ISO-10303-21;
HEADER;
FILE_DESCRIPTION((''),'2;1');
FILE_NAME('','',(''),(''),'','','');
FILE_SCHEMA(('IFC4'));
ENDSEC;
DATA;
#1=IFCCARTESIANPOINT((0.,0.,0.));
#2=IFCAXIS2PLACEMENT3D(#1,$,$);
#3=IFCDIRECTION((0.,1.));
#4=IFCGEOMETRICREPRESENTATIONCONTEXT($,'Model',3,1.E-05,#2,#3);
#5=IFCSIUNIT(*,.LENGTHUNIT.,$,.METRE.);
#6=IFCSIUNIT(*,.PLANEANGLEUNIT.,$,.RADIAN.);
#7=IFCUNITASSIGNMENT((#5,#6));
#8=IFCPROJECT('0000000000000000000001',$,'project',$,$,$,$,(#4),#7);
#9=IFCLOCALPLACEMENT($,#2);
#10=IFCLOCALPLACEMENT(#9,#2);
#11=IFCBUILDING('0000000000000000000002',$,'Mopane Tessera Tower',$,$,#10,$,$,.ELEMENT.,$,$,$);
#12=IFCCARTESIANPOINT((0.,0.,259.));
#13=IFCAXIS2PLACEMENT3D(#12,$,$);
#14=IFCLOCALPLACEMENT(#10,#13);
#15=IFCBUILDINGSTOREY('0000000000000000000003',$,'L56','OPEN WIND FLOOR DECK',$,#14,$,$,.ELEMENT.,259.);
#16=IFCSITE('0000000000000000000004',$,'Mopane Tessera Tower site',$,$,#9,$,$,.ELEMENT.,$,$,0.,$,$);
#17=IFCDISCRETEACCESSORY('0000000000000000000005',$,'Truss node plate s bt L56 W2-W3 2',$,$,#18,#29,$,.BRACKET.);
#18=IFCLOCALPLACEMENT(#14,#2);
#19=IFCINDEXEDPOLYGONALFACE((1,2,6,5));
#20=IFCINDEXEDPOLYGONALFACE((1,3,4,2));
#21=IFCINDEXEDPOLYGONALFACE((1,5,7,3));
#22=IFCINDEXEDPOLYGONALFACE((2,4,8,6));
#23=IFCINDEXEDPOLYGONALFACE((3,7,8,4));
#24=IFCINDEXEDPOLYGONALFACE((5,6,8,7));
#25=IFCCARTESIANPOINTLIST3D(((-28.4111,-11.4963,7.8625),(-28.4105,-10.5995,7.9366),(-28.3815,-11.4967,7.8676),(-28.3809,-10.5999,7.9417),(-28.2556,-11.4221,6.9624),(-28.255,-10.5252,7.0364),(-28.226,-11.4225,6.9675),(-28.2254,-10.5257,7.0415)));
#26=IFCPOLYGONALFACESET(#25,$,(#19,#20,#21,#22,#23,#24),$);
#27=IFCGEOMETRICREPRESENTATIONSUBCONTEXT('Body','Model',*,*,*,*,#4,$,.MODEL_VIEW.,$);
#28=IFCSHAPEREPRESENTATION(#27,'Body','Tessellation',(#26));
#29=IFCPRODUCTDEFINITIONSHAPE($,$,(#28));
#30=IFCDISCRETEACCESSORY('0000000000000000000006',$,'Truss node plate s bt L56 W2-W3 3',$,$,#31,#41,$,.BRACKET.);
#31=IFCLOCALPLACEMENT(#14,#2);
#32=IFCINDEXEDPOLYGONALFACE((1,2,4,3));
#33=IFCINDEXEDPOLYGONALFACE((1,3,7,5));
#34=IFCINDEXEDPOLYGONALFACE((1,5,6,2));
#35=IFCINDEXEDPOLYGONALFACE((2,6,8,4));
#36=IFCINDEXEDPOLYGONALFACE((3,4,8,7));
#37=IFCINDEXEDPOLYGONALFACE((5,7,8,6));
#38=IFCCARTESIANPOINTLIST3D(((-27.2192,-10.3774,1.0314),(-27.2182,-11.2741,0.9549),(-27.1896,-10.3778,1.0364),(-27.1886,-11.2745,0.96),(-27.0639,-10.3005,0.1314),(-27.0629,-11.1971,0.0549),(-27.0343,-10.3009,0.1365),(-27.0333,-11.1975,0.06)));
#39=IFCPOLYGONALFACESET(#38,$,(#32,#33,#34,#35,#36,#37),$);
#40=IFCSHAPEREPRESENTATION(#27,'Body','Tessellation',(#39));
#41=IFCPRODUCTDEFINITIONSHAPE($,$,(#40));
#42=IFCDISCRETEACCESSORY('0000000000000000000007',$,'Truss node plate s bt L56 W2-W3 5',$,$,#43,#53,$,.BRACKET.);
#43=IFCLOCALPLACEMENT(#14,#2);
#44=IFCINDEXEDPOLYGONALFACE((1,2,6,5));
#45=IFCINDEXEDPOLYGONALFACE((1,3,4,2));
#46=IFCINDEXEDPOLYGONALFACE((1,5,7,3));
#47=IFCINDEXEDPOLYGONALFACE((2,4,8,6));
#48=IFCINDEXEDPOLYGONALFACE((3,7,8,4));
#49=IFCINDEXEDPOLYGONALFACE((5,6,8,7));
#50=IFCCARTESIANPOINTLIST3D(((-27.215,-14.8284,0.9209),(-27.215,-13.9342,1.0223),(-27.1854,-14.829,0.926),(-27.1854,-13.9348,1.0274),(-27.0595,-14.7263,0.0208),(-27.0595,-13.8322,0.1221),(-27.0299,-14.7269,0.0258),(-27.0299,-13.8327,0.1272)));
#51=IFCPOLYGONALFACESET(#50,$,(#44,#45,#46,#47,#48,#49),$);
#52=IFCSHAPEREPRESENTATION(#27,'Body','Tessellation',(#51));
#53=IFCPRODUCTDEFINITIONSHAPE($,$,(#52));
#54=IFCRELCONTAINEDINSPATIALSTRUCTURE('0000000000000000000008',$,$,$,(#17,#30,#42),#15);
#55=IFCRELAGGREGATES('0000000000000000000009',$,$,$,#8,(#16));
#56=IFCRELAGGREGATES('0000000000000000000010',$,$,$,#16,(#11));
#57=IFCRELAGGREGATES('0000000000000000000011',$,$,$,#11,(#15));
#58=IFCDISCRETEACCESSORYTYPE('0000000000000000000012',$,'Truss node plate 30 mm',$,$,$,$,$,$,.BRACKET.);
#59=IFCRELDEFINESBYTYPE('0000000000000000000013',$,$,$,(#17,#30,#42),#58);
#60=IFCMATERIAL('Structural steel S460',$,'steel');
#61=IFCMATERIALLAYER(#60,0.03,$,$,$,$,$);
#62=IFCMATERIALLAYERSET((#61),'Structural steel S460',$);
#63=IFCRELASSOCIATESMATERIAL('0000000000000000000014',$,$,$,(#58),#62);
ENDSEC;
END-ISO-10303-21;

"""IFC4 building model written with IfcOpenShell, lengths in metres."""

from ifc_helpers import new_model, si_unit, direction, frame, origin, origin_2d, place, context, subcontext, project, spatial, rectangle, extrude, material, layer, layer_set, type_object, element, save


model = new_model("IFC4")

# Units and contexts
model_context = context("Model", 3, precision=1e-05, world=origin(), true_north=direction((0.0, 1.0)))
body_context = subcontext(model_context, "Body", "Model", "MODEL_VIEW")
ifc_project = project(units=[si_unit("LENGTHUNIT", "METRE"), si_unit("PLANEANGLEUNIT", "RADIAN")], contexts=[model_context])

# Site, building, storey
site_placement = place(None, origin())
site = spatial("IfcSite", under=ifc_project, at=site_placement, Name="Mopane Tessera Tower site", CompositionType="ELEMENT", RefElevation=0.0)
building_placement = place(site_placement, origin())
building = spatial("IfcBuilding", under=site, at=building_placement, Name="Mopane Tessera Tower", CompositionType="ELEMENT")
storey_placement = place(building_placement, frame((0.0, 0.0, 259.0)))
storey = spatial("IfcBuildingStorey", under=building, at=storey_placement, Name="L56", Description="OPEN WIND FLOOR DECK", CompositionType="ELEMENT", Elevation=259.0)

# Discrete accessories
ifc_material_1 = material(Name="Structural steel S460", Category="steel")
ifc_layer = layer(ifc_material_1, 0.03)
ifc_layer_set = layer_set([ifc_layer], Name="Structural steel S460")
discrete_accessory_type = type_object("IfcDiscreteAccessoryType", Name="Truss node plate 30 mm", PredefinedType="BRACKET", material=ifc_layer_set)
for number, where, z_axis, x_axis, name in (
    (1, (-28.2405, -10.9739, 7.002), (-0.169688, -0.080981, 0.982165), (0.985498, -0.014587, 0.169061), "Truss node plate s bt L56 W2-W3 2"),
    (2, (-27.0486, -10.749, 0.0957), (-0.169433, -0.083917, 0.981963), (0.985541, -0.013296, 0.168914), "Truss node plate s bt L56 W2-W3 3"),
):
    element("IfcDiscreteAccessory", number, at=place(storey_placement, frame(where, z_axis=z_axis, x_axis=x_axis)), inside=storey, type_object=discrete_accessory_type, Name=name, PredefinedType="BRACKET", context=body_context, shape_type="SweptSolid", body=[
        extrude(rectangle(XDim=0.03, YDim=0.8999, at=origin_2d()), origin(), (0.0, 0.0, 1.0), 0.9165),
    ])
discrete_accessory_1_placement = place(storey_placement, frame((-27.0447, -14.2795, 0.074), z_axis=(-0.169194, -0.111026, 0.979309), x_axis=(0.985583, -0.019033, 0.168121)))
element("IfcDiscreteAccessory", 3, at=discrete_accessory_1_placement, inside=storey, type_object=discrete_accessory_type, Name="Truss node plate s bt L56 W2-W3 5", PredefinedType="BRACKET", context=body_context, shape_type="SweptSolid", body=[
    extrude(rectangle(XDim=0.03, YDim=0.8999, at=origin_2d()), origin(), (0.0, 0.0, 1.0), 0.9192),
])

save(model, "model.ifc")
